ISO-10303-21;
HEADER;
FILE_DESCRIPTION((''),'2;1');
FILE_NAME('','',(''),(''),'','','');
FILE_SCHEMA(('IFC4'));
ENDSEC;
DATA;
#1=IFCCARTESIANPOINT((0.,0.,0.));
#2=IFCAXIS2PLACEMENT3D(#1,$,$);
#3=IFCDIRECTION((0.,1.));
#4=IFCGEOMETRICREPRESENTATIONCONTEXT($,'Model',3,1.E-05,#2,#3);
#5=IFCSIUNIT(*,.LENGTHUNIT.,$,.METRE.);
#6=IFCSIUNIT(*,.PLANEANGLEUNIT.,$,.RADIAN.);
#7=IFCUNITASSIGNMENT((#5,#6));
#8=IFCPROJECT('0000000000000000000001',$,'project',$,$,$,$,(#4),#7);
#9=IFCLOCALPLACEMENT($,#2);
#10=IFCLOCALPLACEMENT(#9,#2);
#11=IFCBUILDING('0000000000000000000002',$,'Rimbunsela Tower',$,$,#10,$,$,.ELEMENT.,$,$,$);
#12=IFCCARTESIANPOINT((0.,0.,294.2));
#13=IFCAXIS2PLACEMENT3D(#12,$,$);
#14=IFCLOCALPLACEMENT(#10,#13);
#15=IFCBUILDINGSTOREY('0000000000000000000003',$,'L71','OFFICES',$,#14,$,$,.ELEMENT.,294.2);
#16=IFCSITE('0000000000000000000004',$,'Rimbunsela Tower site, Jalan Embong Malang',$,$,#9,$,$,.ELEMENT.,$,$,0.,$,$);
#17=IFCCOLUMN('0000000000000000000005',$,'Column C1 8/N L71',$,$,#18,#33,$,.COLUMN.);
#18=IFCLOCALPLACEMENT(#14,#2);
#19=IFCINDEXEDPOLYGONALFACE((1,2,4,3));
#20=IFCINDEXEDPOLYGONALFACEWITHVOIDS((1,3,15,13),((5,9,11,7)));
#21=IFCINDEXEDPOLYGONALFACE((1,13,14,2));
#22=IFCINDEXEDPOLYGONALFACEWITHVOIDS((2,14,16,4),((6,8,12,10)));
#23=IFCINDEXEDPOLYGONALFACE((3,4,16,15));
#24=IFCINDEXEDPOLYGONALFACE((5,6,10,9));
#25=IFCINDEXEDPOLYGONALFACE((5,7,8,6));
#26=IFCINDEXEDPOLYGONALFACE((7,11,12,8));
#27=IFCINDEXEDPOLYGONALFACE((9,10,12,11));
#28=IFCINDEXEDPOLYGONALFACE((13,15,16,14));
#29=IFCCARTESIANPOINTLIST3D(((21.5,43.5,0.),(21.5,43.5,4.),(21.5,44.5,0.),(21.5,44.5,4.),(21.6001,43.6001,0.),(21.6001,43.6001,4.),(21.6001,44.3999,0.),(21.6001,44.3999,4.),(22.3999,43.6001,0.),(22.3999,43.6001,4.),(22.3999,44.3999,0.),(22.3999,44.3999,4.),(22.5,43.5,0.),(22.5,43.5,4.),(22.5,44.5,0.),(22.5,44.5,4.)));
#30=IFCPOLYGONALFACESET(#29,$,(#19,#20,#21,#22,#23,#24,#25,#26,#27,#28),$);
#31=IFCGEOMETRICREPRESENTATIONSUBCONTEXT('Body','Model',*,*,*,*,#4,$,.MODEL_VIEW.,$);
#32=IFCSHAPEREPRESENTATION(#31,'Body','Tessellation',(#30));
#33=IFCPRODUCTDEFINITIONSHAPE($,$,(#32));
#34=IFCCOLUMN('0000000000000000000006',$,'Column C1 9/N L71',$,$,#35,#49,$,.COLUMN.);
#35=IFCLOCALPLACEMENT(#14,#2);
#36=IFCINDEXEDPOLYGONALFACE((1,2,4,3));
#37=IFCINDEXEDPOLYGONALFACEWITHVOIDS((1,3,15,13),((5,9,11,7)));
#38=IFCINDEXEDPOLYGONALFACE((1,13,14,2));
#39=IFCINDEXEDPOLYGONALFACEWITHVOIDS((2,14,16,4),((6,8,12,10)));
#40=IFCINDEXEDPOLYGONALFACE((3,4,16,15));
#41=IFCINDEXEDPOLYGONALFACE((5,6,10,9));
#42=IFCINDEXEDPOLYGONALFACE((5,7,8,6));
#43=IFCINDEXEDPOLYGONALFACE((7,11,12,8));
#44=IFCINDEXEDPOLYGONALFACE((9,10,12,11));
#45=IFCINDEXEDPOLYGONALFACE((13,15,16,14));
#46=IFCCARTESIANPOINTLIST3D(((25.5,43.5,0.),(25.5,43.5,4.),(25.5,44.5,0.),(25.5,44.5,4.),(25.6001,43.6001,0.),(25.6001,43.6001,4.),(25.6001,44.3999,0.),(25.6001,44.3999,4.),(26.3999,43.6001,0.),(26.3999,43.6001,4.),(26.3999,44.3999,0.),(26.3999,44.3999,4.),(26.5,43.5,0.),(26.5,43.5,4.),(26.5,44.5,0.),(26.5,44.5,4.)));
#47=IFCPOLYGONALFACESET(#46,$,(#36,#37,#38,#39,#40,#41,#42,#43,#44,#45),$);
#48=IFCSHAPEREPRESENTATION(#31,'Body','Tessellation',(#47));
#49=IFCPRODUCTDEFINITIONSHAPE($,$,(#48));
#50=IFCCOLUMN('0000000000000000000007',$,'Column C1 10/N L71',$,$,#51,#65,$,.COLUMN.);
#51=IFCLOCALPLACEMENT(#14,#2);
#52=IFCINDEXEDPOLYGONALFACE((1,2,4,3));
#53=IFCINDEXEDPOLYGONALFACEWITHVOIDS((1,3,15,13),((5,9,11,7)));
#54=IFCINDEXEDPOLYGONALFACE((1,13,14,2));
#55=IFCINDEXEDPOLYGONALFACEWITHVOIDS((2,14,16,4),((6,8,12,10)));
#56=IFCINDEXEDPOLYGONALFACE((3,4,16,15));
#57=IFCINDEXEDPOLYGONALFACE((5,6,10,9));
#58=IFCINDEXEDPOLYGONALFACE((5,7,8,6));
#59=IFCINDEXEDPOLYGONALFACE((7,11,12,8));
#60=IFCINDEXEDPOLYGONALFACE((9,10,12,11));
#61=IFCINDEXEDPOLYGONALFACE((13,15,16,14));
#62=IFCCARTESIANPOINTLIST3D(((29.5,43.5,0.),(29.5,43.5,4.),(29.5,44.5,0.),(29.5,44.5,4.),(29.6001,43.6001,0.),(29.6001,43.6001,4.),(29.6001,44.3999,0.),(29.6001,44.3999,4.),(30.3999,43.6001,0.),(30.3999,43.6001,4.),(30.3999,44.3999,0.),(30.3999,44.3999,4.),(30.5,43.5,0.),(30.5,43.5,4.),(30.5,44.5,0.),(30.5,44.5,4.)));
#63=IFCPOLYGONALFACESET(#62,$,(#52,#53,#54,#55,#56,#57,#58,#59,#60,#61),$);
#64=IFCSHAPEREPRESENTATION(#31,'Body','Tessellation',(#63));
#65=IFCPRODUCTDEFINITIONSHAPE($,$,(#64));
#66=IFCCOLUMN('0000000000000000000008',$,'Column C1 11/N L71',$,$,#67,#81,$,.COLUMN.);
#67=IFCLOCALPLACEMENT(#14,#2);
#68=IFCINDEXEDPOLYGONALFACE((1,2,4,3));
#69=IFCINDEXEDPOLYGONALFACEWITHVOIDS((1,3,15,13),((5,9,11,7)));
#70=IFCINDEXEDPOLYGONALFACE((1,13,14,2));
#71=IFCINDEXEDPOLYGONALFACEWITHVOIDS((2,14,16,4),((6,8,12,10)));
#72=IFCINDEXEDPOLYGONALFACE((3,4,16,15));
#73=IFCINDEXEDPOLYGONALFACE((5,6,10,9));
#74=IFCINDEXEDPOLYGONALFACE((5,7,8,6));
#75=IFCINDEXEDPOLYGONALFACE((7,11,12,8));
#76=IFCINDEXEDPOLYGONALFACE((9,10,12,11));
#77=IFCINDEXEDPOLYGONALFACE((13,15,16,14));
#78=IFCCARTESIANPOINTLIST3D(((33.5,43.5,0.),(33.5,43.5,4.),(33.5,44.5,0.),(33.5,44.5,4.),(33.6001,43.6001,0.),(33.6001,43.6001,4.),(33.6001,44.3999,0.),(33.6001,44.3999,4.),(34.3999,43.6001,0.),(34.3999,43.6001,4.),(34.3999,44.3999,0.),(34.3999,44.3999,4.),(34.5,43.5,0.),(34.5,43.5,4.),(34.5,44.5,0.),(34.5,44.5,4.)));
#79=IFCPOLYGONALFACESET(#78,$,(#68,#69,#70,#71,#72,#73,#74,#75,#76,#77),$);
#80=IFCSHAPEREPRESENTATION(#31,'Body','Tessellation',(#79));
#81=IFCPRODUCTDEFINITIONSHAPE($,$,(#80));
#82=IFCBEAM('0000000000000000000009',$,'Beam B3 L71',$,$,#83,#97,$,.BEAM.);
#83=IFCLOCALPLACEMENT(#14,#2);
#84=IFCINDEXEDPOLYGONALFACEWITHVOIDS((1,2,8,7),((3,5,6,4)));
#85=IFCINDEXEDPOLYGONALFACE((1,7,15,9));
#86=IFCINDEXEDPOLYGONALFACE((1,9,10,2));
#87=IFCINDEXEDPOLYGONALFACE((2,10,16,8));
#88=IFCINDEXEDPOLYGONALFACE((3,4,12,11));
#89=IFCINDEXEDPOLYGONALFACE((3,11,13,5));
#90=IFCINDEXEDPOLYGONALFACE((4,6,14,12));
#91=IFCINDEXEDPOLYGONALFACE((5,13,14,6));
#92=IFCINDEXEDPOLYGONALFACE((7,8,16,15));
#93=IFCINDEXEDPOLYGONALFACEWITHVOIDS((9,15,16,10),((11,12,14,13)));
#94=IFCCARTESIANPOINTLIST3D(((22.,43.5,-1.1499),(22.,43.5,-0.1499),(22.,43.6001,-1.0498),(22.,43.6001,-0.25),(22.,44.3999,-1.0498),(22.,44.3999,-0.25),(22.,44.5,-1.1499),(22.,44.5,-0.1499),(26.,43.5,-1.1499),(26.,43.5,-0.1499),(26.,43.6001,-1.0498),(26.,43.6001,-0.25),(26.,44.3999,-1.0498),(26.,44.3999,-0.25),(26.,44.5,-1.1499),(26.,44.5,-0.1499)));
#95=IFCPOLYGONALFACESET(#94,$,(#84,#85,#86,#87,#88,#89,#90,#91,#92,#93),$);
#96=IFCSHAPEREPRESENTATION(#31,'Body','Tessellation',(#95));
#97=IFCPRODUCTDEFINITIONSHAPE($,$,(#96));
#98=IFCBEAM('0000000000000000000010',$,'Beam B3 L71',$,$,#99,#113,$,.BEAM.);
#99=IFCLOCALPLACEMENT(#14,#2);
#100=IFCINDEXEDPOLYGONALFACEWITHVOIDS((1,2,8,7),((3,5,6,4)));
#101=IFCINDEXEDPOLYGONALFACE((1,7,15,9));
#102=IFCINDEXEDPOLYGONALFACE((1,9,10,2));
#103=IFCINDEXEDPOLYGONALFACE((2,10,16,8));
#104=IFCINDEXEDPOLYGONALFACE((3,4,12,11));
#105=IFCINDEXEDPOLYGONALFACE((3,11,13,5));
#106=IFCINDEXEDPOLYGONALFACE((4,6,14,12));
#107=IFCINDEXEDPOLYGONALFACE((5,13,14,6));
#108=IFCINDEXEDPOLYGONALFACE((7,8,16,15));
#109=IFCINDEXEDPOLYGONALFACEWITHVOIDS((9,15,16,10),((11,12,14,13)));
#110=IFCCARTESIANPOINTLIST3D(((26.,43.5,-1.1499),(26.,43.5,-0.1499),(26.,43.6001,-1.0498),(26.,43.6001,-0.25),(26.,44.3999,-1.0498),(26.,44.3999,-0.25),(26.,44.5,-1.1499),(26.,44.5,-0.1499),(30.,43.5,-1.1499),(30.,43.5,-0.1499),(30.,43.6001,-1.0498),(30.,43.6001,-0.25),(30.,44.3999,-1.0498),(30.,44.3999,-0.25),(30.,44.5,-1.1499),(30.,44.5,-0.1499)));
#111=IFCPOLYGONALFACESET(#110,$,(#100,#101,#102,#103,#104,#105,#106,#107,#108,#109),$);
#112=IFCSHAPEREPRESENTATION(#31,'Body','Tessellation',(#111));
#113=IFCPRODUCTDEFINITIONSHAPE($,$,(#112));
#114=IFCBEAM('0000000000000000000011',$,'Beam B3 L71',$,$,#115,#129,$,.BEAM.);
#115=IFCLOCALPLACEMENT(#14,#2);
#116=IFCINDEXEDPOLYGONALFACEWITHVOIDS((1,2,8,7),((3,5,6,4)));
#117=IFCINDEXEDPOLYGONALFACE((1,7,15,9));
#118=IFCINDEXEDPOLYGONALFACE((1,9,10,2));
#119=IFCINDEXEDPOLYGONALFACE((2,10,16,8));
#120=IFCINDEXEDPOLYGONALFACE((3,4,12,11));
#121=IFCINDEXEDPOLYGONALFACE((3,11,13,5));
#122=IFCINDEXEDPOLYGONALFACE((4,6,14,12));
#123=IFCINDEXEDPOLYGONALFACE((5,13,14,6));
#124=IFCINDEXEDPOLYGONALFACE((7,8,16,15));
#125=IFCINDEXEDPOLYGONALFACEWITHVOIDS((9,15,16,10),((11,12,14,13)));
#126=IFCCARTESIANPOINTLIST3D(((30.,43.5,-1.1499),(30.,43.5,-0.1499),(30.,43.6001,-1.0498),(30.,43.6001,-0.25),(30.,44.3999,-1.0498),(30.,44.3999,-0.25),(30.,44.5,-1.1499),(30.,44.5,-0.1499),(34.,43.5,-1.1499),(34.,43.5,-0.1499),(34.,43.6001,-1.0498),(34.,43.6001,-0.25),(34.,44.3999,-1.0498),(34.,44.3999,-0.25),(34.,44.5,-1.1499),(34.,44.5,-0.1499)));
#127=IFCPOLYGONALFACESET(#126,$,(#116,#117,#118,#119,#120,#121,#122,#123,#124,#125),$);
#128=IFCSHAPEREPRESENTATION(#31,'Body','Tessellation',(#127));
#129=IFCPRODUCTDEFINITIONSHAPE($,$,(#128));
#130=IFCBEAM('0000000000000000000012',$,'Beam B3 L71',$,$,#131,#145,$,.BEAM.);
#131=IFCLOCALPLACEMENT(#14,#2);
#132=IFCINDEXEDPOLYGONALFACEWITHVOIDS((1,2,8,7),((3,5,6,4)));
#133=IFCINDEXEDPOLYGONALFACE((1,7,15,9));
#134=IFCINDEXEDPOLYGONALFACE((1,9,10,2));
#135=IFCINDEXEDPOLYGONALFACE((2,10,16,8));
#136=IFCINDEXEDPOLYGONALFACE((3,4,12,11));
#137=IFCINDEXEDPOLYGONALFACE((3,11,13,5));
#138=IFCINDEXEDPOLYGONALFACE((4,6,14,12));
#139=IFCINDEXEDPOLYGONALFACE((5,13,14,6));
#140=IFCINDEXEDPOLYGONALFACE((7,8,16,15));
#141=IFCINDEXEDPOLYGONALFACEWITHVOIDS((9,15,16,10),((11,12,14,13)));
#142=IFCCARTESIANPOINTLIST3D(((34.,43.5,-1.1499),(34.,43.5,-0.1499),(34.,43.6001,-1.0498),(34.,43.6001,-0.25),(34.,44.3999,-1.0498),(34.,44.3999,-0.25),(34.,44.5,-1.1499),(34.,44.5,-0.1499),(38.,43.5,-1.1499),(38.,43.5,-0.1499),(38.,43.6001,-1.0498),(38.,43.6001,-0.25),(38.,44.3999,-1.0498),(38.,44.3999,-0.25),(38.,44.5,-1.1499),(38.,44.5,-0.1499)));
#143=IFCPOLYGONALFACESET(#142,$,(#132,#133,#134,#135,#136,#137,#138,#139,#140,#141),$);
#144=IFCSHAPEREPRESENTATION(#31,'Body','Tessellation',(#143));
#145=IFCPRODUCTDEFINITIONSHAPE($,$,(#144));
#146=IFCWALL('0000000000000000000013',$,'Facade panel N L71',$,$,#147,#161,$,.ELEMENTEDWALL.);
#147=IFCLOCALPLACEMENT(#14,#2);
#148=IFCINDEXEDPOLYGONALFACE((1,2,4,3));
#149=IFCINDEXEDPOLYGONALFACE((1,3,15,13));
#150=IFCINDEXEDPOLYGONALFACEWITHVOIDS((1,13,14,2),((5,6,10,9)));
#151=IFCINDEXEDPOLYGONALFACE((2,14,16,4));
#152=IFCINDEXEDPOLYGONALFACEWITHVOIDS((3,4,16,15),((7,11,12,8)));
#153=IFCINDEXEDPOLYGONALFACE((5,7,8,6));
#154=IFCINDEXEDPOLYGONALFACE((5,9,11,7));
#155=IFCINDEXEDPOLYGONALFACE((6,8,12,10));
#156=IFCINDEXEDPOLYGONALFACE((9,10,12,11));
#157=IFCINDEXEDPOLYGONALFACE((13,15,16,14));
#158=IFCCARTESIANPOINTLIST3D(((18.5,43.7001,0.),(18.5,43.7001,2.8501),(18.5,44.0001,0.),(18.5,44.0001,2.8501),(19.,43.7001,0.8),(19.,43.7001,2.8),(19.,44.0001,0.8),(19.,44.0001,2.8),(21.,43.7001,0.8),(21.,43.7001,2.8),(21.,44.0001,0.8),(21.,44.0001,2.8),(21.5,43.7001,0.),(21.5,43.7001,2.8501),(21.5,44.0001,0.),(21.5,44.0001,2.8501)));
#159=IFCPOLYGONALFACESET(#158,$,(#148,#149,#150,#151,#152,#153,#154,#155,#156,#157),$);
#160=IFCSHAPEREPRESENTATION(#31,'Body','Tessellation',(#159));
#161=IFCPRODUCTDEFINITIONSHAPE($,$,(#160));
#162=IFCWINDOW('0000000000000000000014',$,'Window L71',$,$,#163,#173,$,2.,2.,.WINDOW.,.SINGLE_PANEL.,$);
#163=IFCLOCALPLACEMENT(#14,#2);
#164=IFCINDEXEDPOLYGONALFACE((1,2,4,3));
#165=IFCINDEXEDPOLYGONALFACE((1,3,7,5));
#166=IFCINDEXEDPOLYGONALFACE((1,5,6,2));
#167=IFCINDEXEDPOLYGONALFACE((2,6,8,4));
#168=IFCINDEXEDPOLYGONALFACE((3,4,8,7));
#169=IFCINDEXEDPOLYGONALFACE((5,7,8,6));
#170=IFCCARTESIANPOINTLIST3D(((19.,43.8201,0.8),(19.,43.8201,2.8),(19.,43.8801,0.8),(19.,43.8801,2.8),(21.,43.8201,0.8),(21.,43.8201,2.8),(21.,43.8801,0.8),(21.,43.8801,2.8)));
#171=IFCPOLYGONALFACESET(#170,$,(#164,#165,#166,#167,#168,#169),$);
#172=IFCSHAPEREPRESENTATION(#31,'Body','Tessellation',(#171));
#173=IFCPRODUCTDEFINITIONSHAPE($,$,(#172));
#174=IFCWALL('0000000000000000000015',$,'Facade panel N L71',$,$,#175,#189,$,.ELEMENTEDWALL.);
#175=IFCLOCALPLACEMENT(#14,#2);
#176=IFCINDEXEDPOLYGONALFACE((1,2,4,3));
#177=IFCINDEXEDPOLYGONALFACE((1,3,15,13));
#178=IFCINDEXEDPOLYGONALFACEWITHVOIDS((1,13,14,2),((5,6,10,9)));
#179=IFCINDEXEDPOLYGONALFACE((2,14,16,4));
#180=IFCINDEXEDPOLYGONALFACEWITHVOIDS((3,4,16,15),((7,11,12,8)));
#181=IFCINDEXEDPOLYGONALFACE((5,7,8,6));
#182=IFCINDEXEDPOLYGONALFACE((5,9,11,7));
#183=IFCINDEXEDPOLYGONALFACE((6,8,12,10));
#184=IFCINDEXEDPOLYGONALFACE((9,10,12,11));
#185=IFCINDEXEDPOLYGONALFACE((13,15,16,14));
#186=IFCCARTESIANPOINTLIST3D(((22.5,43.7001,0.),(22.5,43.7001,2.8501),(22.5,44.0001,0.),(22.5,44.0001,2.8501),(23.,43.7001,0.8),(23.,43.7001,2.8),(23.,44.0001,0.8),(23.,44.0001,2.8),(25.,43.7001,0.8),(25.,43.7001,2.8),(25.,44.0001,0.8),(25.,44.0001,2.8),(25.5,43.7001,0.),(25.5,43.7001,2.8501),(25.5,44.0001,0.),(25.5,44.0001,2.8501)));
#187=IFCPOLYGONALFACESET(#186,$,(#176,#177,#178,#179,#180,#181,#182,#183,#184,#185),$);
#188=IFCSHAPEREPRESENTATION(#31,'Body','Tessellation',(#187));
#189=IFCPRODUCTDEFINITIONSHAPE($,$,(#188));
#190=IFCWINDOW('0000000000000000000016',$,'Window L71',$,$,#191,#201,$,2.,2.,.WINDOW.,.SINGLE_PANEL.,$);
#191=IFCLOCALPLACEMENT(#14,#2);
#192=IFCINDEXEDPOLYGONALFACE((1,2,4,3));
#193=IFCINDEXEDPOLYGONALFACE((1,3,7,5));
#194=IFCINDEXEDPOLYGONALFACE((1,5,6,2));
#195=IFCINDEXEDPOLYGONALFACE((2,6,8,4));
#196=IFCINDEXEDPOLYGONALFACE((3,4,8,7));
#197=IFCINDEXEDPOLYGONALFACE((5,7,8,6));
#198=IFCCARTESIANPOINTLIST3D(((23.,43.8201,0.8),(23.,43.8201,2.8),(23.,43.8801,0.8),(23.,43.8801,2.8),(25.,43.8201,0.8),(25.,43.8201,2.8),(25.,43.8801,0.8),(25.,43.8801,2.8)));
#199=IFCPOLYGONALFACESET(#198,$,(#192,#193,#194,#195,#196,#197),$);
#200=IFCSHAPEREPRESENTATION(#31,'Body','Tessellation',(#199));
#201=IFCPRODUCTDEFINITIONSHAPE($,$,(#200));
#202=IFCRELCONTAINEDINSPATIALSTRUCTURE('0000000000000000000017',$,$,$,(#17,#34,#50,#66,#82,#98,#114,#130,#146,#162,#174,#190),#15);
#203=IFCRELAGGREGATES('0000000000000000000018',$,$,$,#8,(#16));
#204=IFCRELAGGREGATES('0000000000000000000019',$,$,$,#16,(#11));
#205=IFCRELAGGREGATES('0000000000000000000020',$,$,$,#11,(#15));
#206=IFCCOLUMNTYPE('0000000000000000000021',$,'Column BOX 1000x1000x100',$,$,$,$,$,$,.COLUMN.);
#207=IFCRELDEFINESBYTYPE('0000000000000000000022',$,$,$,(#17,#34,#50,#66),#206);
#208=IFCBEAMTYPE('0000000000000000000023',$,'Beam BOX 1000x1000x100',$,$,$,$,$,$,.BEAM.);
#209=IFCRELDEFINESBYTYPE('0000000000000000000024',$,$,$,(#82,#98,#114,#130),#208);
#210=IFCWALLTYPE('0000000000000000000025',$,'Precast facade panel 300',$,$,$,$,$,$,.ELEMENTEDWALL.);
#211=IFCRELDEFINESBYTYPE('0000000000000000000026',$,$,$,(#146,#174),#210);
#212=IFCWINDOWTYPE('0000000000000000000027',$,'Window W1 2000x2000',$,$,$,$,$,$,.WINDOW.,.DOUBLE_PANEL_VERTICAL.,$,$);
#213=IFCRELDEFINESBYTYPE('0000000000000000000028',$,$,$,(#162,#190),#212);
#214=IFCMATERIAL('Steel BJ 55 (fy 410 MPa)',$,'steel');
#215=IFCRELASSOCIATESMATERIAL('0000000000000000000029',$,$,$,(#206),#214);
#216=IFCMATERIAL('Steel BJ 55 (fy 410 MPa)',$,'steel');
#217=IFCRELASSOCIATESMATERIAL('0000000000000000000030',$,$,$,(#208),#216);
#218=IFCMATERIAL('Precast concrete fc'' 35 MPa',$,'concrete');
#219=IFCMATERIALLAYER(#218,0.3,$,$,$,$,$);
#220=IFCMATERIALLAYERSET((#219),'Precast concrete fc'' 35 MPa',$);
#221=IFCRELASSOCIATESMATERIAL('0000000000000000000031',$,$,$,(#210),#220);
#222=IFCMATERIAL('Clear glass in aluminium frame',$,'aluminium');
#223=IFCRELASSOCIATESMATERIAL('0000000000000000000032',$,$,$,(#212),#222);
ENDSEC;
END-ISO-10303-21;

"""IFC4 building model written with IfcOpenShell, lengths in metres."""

from ifc_helpers import new_model, si_unit, direction, frame, frame_2d, origin, origin_2d, place, context, subcontext, project, spatial, rectangle, hollow_rectangle, extrude, material, layer, layer_set, material_profile, profile_set, type_object, element, fill, save


model = new_model("IFC4")

# Units and contexts
model_context = context("Model", 3, precision=1e-05, world=origin(), true_north=direction((0.0, 1.0)))
body_context = subcontext(model_context, "Body", "Model", "MODEL_VIEW")
ifc_project = project(units=[si_unit("LENGTHUNIT", "METRE"), si_unit("PLANEANGLEUNIT", "RADIAN")], contexts=[model_context])

# Site, building, storey
site_placement = place(None, origin())
site = spatial("IfcSite", under=ifc_project, at=site_placement, Name="Rimbunsela Tower site, Jalan Embong Malang", CompositionType="ELEMENT", RefElevation=0.0)
building_placement = place(site_placement, origin())
building = spatial("IfcBuilding", under=site, at=building_placement, Name="Rimbunsela Tower", CompositionType="ELEMENT")
storey_placement = place(building_placement, frame((0.0, 0.0, 294.2)))
storey = spatial("IfcBuildingStorey", under=building, at=storey_placement, Name="L71", Description="OFFICES", CompositionType="ELEMENT", Elevation=294.2)

# Columns
ifc_material_1 = material(Name="Steel BJ 55 (fy 410 MPa)", Category="steel")
ifc_material_profile_1 = material_profile(ifc_material_1, hollow_rectangle(XDim=1.0, YDim=1.0, WallThickness=0.1001, at=origin_2d()), Name="BOX 1000x1000x100")
ifc_profile_set_1 = profile_set([ifc_material_profile_1], Name="Steel BJ 55 (fy 410 MPa)")
column_type = type_object("IfcColumnType", Name="Column BOX 1000x1000x100", PredefinedType="COLUMN", material=ifc_profile_set_1)
for number, where, z_axis, x_axis, name in (
    (1, (22.0, 44.0, 0.0), (0.0, 0.0, 1.0), (1.0, 0.0, 0.0), "Column C1 8/N L71"),
    (2, (26.0, 44.0, 0.0), (0.0, 0.0, 1.0), (1.0, 0.0, 0.0), "Column C1 9/N L71"),
    (3, (30.0, 44.0, 0.0), (0.0, 0.0, 1.0), (1.0, 0.0, 0.0), "Column C1 10/N L71"),
    (4, (34.0, 44.0, 0.0), (0.0, 0.0, 1.0), (1.0, 0.0, 0.0), "Column C1 11/N L71"),
):
    element("IfcColumn", number, at=place(storey_placement, frame(where, z_axis=z_axis, x_axis=x_axis)), inside=storey, type_object=column_type, Name=name, PredefinedType="COLUMN", context=body_context, shape_type="SweptSolid", body=[
        extrude(hollow_rectangle(XDim=1.0, YDim=1.0, WallThickness=0.1001, at=origin_2d()), origin(), (0.0, 0.0, 1.0), 4.0),
    ])

# Beams
ifc_material_2 = material(Name="Steel BJ 55 (fy 410 MPa)", Category="steel")
ifc_material_profile_2 = material_profile(ifc_material_2, hollow_rectangle(XDim=1.0, YDim=1.0, WallThickness=0.1001, at=origin_2d()), Name="BOX 1000x1000x100")
ifc_profile_set_2 = profile_set([ifc_material_profile_2], Name="Steel BJ 55 (fy 410 MPa)")
beam_type = type_object("IfcBeamType", Name="Beam BOX 1000x1000x100", PredefinedType="BEAM", material=ifc_profile_set_2)
for number, where, z_axis, x_axis, name in (
    (5, (22.0, 44.0, -0.6499), (1.0, 0.0, 0.0), (0.0, 1.0, 0.0), "Beam B3 L71"),
    (6, (26.0, 44.0, -0.6499), (1.0, 0.0, 0.0), (0.0, 1.0, 0.0), "Beam B3 L71"),
    (7, (30.0, 44.0, -0.6499), (1.0, 0.0, 0.0), (0.0, 1.0, 0.0), "Beam B3 L71"),
    (8, (34.0, 44.0, -0.6499), (1.0, 0.0, 0.0), (0.0, 1.0, 0.0), "Beam B3 L71"),
):
    element("IfcBeam", number, at=place(storey_placement, frame(where, z_axis=z_axis, x_axis=x_axis)), inside=storey, type_object=beam_type, Name=name, PredefinedType="BEAM", context=body_context, shape_type="SweptSolid", body=[
        extrude(hollow_rectangle(XDim=1.0, YDim=1.0, WallThickness=0.1001, at=origin_2d()), origin(), (0.0, 0.0, 1.0), 4.0),
    ])

# Walls, openings, windows
ifc_material_3 = material(Name="Precast concrete fc' 35 MPa", Category="concrete")
ifc_layer_1 = layer(ifc_material_3, 0.3)
ifc_layer_set_1 = layer_set([ifc_layer_1], Name="Precast concrete fc' 35 MPa")
wall_type_1 = type_object("IfcWallType", Name="Precast facade panel 300", PredefinedType="ELEMENTEDWALL", material=ifc_layer_set_1)
wall_1_placement = place(storey_placement, frame((21.5, 43.8501, 0.0), z_axis=(0.0, 0.0, 1.0), x_axis=(-1.0, 0.0, 0.0)))
wall_1 = element("IfcWall", 9, at=wall_1_placement, inside=storey, type_object=wall_type_1, Name="Facade panel N L71", PredefinedType="ELEMENTEDWALL", context=body_context, shape_type="SweptSolid", body=[
    extrude(rectangle(XDim=3.0, YDim=0.3, at=frame_2d((1.5, 0.0))), origin(), (0.0, 0.0, 1.0), 2.8501),
])
opening_1_placement = place(wall_1_placement, frame((0.5, 0.0, 0.8)))
opening_1 = element("IfcOpeningElement", 10, at=opening_1_placement, cuts=wall_1, PredefinedType="OPENING", context=body_context, shape_type="SweptSolid", body=[
    extrude(rectangle(XDim=2.0, YDim=2.0, at=frame_2d((1.0, 1.0))), frame((0.0, 0.1599, 0.0), z_axis=(0.0, -1.0, 0.0), x_axis=(1.0, 0.0, 0.0)), (0.0, 0.0, 1.0), 0.3201),
])
ifc_material_4 = material(Name="Clear glass in aluminium frame", Category="aluminium")
window_type_1 = type_object("IfcWindowType", Name="Window W1 2000x2000", PartitioningType="DOUBLE_PANEL_VERTICAL", PredefinedType="WINDOW", material=ifc_material_4)
window_1_placement = place(opening_1_placement, origin())
window_1 = element("IfcWindow", 11, at=window_1_placement, inside=storey, type_object=window_type_1, Name="Window L71", OverallHeight=2.0, OverallWidth=2.0, PartitioningType="SINGLE_PANEL", PredefinedType="WINDOW", context=body_context, shape_type="SweptSolid", body=[
    extrude(rectangle(XDim=2.0, YDim=2.0, at=frame_2d((1.0, 1.0))), frame((0.0, 0.03, 0.0), z_axis=(0.0, -1.0, 0.0), x_axis=(1.0, 0.0, 0.0)), (0.0, 0.0, 1.0), 0.0601),
])
fill(opening_1, window_1)
wall_2_placement = place(storey_placement, frame((25.5, 43.8501, 0.0), z_axis=(0.0, 0.0, 1.0), x_axis=(-1.0, 0.0, 0.0)))
wall_2 = element("IfcWall", 12, at=wall_2_placement, inside=storey, type_object=wall_type_1, Name="Facade panel N L71", PredefinedType="ELEMENTEDWALL", context=body_context, shape_type="SweptSolid", body=[
    extrude(rectangle(XDim=3.0, YDim=0.3, at=frame_2d((1.5, 0.0))), origin(), (0.0, 0.0, 1.0), 2.8501),
])
opening_2_placement = place(wall_2_placement, frame((0.5, 0.0, 0.8)))
opening_2 = element("IfcOpeningElement", 13, at=opening_2_placement, cuts=wall_2, PredefinedType="OPENING", context=body_context, shape_type="SweptSolid", body=[
    extrude(rectangle(XDim=2.0, YDim=2.0, at=frame_2d((1.0, 1.0))), frame((0.0, 0.1599, 0.0), z_axis=(0.0, -1.0, 0.0), x_axis=(1.0, 0.0, 0.0)), (0.0, 0.0, 1.0), 0.3201),
])
window_2_placement = place(opening_2_placement, origin())
window_2 = element("IfcWindow", 14, at=window_2_placement, inside=storey, type_object=window_type_1, Name="Window L71", OverallHeight=2.0, OverallWidth=2.0, PartitioningType="SINGLE_PANEL", PredefinedType="WINDOW", context=body_context, shape_type="SweptSolid", body=[
    extrude(rectangle(XDim=2.0, YDim=2.0, at=frame_2d((1.0, 1.0))), frame((0.0, 0.03, 0.0), z_axis=(0.0, -1.0, 0.0), x_axis=(1.0, 0.0, 0.0)), (0.0, 0.0, 1.0), 0.0601),
])
fill(opening_2, window_2)

save(model, "model.ifc")
